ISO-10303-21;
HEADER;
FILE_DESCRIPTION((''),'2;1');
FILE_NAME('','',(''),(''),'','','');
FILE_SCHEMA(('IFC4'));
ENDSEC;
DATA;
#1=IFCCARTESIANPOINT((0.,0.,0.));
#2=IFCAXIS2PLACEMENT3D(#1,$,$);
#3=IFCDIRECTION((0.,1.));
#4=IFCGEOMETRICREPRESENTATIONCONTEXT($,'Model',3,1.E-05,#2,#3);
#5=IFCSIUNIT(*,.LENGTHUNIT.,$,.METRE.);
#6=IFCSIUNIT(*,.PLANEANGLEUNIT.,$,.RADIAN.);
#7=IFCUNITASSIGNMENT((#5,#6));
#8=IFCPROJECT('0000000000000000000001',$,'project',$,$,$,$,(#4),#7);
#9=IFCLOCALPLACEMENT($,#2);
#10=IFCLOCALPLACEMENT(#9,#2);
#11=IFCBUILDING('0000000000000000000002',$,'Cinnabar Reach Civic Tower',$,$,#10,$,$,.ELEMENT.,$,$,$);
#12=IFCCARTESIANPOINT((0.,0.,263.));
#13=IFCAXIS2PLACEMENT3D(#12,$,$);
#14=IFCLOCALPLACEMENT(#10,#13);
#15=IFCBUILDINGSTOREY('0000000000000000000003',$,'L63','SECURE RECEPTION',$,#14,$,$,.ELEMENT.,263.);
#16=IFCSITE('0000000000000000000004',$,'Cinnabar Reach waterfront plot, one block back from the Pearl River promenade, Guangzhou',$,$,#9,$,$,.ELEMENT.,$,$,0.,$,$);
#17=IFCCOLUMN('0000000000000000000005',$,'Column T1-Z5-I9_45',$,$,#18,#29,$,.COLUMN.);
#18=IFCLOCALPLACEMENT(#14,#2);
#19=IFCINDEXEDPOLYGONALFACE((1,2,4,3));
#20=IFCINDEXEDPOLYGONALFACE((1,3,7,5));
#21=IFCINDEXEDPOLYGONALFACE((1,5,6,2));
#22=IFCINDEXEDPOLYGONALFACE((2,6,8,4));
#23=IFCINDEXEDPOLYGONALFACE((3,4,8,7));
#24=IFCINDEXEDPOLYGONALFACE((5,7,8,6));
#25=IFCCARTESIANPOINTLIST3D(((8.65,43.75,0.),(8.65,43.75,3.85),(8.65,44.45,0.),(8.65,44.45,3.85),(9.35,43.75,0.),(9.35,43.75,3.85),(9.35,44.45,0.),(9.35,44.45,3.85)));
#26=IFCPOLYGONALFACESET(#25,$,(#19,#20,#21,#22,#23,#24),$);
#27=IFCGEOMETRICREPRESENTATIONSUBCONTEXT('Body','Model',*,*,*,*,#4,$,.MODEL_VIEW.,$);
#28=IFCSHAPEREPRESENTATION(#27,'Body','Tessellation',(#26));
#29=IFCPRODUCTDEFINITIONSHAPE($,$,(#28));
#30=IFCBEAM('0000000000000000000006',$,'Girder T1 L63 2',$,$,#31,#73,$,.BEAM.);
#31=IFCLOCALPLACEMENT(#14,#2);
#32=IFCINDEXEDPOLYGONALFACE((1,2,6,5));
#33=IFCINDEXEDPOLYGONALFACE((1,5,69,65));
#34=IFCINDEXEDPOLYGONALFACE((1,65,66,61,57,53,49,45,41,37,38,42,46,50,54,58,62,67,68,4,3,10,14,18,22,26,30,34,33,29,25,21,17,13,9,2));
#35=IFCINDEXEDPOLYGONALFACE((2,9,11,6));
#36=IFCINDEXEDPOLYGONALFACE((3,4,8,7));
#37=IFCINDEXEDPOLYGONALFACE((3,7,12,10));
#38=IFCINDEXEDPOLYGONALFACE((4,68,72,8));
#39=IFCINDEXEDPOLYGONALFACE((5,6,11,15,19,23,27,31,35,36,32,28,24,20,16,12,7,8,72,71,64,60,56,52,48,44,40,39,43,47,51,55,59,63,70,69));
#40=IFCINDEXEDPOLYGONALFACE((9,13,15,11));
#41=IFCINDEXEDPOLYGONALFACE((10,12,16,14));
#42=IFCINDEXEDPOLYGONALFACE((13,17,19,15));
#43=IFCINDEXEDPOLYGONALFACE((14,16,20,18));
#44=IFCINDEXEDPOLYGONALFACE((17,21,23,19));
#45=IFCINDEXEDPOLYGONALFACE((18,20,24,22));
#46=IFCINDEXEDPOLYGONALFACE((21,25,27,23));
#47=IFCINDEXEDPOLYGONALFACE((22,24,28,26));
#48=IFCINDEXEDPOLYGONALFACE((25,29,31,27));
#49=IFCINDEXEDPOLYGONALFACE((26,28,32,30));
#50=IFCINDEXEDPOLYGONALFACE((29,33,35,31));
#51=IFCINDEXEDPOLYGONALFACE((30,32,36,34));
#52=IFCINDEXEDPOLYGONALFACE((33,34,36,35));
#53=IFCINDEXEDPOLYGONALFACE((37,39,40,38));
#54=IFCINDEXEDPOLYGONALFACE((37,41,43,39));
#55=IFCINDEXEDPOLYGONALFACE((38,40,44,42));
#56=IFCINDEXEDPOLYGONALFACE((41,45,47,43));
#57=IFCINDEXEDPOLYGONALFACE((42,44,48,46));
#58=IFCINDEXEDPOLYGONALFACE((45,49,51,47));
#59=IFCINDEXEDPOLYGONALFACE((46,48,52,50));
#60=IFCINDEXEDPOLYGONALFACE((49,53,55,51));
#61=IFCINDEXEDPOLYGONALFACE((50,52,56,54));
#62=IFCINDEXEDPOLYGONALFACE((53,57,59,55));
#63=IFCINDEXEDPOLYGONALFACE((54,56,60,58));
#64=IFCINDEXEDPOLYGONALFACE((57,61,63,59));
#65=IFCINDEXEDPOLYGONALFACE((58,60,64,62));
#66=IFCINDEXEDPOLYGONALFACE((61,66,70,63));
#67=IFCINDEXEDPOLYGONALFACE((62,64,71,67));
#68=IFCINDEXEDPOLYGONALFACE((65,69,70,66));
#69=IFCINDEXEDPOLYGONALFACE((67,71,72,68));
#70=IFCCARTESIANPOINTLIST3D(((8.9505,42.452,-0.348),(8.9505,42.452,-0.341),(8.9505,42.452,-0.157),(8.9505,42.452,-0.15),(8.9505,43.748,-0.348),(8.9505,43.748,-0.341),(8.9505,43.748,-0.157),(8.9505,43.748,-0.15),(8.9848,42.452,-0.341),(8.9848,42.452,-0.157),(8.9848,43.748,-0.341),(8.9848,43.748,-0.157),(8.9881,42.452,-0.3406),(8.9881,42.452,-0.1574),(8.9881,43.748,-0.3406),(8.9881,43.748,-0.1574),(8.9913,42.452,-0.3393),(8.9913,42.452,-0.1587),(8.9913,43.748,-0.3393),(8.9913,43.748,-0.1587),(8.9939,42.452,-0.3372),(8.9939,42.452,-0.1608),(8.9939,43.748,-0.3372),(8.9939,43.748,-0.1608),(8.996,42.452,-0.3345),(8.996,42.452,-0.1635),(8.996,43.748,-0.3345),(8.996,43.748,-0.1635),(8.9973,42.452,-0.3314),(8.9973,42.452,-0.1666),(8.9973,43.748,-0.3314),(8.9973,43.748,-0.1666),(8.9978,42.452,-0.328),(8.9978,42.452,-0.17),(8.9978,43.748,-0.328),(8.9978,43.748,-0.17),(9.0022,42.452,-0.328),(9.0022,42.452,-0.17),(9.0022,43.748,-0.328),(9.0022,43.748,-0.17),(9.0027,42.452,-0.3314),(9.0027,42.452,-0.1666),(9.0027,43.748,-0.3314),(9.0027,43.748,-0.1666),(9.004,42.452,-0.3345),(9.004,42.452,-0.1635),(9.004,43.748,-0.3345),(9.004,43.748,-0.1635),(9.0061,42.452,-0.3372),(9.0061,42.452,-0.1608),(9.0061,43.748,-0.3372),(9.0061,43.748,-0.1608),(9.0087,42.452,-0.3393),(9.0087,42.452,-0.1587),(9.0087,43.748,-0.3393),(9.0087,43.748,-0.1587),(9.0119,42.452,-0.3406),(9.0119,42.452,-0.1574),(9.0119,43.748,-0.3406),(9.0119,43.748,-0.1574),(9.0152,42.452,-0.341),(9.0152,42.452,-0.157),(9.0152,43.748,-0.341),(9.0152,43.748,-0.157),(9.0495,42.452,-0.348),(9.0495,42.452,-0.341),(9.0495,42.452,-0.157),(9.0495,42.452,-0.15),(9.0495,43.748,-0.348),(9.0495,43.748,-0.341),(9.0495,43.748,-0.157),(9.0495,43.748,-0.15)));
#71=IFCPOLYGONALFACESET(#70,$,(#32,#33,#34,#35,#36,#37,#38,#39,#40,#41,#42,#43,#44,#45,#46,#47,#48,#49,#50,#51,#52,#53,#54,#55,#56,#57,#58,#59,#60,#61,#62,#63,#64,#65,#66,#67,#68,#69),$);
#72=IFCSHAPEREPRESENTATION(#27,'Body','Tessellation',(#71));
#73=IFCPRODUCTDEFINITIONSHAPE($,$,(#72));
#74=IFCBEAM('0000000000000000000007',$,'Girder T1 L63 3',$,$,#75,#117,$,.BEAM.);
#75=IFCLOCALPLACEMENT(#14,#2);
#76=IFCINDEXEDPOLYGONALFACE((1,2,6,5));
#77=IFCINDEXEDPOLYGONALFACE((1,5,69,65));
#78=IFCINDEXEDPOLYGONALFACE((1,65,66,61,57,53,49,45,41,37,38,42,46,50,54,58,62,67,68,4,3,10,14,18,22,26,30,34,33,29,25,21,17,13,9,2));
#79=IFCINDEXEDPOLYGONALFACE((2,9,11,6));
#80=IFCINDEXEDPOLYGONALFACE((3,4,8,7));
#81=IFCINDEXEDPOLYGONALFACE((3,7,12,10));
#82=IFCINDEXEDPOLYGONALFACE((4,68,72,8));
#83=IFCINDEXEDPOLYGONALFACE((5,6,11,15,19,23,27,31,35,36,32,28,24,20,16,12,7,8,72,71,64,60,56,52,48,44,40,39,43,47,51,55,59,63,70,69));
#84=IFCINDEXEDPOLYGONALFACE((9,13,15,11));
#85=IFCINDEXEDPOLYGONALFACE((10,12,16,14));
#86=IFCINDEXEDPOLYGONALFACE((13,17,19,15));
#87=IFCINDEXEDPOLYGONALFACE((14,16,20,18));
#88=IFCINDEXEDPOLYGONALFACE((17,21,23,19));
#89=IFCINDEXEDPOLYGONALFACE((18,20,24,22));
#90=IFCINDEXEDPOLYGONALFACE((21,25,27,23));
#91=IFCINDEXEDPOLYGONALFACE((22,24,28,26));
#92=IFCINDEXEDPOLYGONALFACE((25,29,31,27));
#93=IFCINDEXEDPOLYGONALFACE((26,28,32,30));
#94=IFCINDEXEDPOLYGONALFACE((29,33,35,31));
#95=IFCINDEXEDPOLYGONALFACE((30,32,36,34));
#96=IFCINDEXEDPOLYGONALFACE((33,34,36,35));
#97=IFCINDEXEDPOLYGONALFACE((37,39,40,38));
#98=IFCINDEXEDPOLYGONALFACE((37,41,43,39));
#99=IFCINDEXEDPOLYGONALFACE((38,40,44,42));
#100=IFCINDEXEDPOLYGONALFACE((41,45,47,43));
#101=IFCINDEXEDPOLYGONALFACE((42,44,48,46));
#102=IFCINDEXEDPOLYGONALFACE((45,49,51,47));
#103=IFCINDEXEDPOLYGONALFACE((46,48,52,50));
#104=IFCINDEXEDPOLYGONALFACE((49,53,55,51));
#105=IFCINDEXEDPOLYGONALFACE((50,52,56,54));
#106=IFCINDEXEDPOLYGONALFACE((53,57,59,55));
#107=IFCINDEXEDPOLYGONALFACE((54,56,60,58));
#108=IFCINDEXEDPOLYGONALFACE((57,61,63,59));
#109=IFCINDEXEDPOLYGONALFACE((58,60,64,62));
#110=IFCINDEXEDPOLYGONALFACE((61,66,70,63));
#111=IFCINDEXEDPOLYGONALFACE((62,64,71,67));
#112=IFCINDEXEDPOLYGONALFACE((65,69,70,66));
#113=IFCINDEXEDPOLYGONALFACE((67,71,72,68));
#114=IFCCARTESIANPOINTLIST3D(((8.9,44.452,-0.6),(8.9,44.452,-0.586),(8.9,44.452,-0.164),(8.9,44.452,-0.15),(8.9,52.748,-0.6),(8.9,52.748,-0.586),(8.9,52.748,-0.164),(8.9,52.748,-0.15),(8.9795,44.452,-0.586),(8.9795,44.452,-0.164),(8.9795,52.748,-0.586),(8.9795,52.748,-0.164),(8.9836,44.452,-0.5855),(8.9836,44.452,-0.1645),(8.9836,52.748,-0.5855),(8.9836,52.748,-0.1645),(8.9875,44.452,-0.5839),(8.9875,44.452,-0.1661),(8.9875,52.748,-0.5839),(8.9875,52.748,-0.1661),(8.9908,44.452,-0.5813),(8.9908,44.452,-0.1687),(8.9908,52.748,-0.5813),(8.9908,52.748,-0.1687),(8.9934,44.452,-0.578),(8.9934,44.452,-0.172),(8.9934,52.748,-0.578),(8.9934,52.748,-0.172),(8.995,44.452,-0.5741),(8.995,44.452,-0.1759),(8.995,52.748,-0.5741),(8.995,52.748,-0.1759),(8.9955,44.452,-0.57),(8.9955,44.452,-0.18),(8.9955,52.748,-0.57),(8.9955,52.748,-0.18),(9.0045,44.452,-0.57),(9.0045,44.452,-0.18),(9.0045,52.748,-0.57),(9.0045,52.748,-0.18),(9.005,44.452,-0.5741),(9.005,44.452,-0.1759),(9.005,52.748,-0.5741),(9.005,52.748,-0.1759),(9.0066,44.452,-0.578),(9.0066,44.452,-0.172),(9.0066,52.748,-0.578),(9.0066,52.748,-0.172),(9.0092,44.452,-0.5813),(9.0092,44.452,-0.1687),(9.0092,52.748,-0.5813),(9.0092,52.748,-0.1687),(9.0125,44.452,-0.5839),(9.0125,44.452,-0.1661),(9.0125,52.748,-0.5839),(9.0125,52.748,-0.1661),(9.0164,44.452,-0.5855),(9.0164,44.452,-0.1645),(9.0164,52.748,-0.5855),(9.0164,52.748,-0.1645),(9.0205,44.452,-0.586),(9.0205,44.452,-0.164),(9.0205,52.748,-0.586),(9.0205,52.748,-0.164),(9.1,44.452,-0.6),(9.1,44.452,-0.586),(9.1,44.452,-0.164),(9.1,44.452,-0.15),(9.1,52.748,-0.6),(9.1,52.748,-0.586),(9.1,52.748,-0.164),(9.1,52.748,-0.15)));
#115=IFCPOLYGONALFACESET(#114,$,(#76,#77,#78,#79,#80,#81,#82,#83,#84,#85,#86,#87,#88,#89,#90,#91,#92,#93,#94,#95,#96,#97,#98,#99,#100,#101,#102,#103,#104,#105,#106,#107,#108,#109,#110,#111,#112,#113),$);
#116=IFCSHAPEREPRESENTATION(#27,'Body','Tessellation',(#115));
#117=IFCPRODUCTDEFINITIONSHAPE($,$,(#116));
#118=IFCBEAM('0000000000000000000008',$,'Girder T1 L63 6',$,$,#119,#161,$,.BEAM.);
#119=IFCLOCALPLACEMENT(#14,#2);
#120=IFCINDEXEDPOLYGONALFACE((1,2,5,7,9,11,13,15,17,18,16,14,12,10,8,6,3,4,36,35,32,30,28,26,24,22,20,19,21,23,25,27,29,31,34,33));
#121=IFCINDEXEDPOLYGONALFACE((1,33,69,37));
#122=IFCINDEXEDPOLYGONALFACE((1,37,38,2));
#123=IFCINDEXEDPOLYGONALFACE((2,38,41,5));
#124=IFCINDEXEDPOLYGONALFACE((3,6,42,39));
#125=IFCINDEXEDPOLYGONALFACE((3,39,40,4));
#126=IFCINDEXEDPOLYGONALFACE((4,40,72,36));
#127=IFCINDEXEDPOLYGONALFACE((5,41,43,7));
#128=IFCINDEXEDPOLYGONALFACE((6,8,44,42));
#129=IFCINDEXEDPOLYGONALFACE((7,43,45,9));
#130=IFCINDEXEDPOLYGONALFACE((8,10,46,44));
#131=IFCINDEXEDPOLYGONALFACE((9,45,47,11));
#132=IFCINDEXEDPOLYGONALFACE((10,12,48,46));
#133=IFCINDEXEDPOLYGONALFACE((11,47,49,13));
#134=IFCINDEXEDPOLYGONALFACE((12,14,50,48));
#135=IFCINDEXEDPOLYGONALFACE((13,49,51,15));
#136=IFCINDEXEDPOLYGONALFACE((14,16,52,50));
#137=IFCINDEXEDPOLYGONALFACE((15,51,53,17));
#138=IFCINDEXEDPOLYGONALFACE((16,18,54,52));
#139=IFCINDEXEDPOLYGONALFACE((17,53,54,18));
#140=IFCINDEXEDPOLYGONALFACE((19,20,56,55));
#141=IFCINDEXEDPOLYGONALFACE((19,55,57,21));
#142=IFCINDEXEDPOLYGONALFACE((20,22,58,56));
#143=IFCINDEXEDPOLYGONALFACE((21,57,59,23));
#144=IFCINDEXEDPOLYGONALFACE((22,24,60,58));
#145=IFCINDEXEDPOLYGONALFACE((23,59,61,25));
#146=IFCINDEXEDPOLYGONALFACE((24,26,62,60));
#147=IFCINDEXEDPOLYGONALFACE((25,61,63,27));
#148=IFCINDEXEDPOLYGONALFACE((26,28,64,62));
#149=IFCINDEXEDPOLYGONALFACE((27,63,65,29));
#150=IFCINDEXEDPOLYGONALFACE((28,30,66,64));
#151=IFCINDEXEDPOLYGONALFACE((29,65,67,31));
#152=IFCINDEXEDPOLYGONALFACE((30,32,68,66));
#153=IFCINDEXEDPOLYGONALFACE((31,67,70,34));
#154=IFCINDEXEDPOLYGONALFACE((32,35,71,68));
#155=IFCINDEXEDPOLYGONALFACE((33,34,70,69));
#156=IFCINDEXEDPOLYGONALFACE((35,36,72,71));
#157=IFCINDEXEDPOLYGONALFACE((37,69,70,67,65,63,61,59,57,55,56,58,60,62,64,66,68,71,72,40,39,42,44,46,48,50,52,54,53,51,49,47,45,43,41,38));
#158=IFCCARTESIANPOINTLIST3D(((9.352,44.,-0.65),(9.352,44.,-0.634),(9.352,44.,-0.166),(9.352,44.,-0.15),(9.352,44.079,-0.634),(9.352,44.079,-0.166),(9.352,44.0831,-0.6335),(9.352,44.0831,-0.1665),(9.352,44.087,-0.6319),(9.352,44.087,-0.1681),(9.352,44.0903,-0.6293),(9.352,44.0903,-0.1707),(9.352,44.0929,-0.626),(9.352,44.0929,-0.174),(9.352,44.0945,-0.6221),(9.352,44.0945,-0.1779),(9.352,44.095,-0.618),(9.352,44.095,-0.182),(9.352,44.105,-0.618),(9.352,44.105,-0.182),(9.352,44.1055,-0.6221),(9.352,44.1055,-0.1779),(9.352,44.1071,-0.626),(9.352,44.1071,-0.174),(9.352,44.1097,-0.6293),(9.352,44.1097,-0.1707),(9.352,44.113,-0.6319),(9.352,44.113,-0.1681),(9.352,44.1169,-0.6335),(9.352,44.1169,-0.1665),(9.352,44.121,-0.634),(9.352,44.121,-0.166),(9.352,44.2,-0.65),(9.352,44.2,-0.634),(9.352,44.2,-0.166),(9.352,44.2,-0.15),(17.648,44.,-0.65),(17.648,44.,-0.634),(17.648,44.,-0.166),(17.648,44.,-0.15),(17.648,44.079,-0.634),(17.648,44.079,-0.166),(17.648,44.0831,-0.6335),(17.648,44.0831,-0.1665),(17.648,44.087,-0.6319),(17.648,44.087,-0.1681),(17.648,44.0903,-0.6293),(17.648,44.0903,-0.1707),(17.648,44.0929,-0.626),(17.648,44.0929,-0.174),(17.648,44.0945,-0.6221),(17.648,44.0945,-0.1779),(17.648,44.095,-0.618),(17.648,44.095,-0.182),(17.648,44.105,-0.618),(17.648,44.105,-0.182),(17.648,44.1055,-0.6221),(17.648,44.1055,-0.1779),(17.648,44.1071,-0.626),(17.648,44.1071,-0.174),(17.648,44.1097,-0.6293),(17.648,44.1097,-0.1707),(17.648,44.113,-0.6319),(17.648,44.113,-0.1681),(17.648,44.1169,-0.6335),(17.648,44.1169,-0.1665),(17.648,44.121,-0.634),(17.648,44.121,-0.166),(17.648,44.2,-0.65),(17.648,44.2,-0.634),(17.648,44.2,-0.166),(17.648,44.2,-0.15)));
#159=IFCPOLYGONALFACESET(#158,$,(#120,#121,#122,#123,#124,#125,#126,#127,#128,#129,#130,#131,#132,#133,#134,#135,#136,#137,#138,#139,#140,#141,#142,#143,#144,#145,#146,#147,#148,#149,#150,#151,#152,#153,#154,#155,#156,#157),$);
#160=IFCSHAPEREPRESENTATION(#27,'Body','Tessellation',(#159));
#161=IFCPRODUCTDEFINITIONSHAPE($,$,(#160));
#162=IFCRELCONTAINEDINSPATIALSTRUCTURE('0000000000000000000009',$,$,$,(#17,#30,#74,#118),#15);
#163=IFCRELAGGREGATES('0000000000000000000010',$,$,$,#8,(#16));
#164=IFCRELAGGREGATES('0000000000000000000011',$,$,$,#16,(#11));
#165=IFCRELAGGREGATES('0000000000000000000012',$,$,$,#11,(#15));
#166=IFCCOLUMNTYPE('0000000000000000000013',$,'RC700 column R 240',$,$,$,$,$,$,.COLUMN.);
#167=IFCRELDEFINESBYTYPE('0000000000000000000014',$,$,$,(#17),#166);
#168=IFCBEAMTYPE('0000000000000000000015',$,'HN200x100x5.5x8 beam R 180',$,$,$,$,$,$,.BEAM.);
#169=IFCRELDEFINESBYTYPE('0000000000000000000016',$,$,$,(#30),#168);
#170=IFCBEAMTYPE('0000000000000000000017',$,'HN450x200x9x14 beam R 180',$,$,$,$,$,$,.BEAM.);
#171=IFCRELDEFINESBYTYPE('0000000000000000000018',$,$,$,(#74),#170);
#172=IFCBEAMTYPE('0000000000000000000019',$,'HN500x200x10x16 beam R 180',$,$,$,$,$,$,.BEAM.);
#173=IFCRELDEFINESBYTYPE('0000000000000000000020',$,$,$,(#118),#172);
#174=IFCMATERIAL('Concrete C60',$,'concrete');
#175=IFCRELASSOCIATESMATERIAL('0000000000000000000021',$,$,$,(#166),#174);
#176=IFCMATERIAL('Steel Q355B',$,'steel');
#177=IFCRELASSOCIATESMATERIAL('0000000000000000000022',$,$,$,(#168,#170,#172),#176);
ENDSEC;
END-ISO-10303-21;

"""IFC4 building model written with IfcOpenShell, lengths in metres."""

from ifc_helpers import new_model, si_unit, direction, frame, origin, origin_2d, place, context, subcontext, project, spatial, rectangle, i_section, extrude, material, material_profile, profile_set, type_object, element, save


model = new_model("IFC4")

# Units and contexts
model_context = context("Model", 3, precision=1e-05, world=origin(), true_north=direction((0.0, 1.0)))
body_context = subcontext(model_context, "Body", "Model", "MODEL_VIEW")
ifc_project = project(units=[si_unit("LENGTHUNIT", "METRE"), si_unit("PLANEANGLEUNIT", "RADIAN")], contexts=[model_context])

# Site, building, storey
site_placement = place(None, origin())
site = spatial("IfcSite", under=ifc_project, at=site_placement, Name="Cinnabar Reach waterfront plot, one block back from the Pearl River promenade, Guangzhou", CompositionType="ELEMENT", RefElevation=0.0)
building_placement = place(site_placement, origin())
building = spatial("IfcBuilding", under=site, at=building_placement, Name="Cinnabar Reach Civic Tower", CompositionType="ELEMENT")
storey_placement = place(building_placement, frame((0.0, 0.0, 263.0)))
storey = spatial("IfcBuildingStorey", under=building, at=storey_placement, Name="L63", Description="SECURE RECEPTION", CompositionType="ELEMENT", Elevation=263.0)

# Column
ifc_material_1 = material(Name="Concrete C60", Category="concrete")
ifc_material_profile_1 = material_profile(ifc_material_1, rectangle(XDim=0.7, YDim=0.7, at=origin_2d()), Name="RC700")
ifc_profile_set_1 = profile_set([ifc_material_profile_1], Name="Concrete C60")
column_type = type_object("IfcColumnType", Name="RC700 column R 240", PredefinedType="COLUMN", material=ifc_profile_set_1)
column_placement = place(storey_placement, frame((9.0, 44.1, 0.0), z_axis=(0.0, 0.0, 1.0), x_axis=(1.0, 0.0, 0.0)))
element("IfcColumn", 1, at=column_placement, inside=storey, type_object=column_type, Name="Column T1-Z5-I9_45", PredefinedType="COLUMN", context=body_context, shape_type="SweptSolid", body=[
    extrude(rectangle(XDim=0.7, YDim=0.7, at=origin_2d()), origin(), (0.0, 0.0, 1.0), 3.85),
])

# Beams
ifc_material_2 = material(Name="Steel Q355B", Category="steel")
ifc_material_profile_2 = material_profile(ifc_material_2, i_section(OverallWidth=0.099, OverallDepth=0.198, WebThickness=0.0045, FlangeThickness=0.007, FilletRadius=0.013, at=origin_2d()), Name="HN200x100x5.5x8")
ifc_profile_set_2 = profile_set([ifc_material_profile_2], Name="Steel Q355B")
beam_type_1 = type_object("IfcBeamType", Name="HN200x100x5.5x8 beam R 180", PredefinedType="BEAM", material=ifc_profile_set_2)
beam_1_placement = place(storey_placement, frame((9.0, 42.452, -0.249), z_axis=(0.0, 1.0, 0.0), x_axis=(-1.0, 0.0, 0.0)))
element("IfcBeam", 2, at=beam_1_placement, inside=storey, type_object=beam_type_1, Name="Girder T1 L63 2", PredefinedType="BEAM", context=body_context, shape_type="SweptSolid", body=[
    extrude(i_section(OverallWidth=0.099, OverallDepth=0.198, WebThickness=0.0045, FlangeThickness=0.007, FilletRadius=0.013, at=origin_2d()), origin(), (0.0, 0.0, 1.0), 1.296),
])
ifc_material_profile_3 = material_profile(ifc_material_2, i_section(OverallWidth=0.2, OverallDepth=0.45, WebThickness=0.009, FlangeThickness=0.014, FilletRadius=0.016, at=origin_2d()), Name="HN450x200x9x14")
ifc_profile_set_3 = profile_set([ifc_material_profile_3], Name="Steel Q355B")
beam_type_2 = type_object("IfcBeamType", Name="HN450x200x9x14 beam R 180", PredefinedType="BEAM", material=ifc_profile_set_3)
beam_2_placement = place(storey_placement, frame((9.0, 44.452, -0.375), z_axis=(0.0, 1.0, 0.0), x_axis=(-1.0, 0.0, 0.0)))
element("IfcBeam", 3, at=beam_2_placement, inside=storey, type_object=beam_type_2, Name="Girder T1 L63 3", PredefinedType="BEAM", context=body_context, shape_type="SweptSolid", body=[
    extrude(i_section(OverallWidth=0.2, OverallDepth=0.45, WebThickness=0.009, FlangeThickness=0.014, FilletRadius=0.016, at=origin_2d()), origin(), (0.0, 0.0, 1.0), 8.296),
])
ifc_material_profile_4 = material_profile(ifc_material_2, i_section(OverallWidth=0.2, OverallDepth=0.5, WebThickness=0.01, FlangeThickness=0.016, FilletRadius=0.016, at=origin_2d()), Name="HN500x200x10x16")
ifc_profile_set_4 = profile_set([ifc_material_profile_4], Name="Steel Q355B")
beam_type_3 = type_object("IfcBeamType", Name="HN500x200x10x16 beam R 180", PredefinedType="BEAM", material=ifc_profile_set_4)
beam_3_placement = place(storey_placement, frame((9.352, 44.1, -0.4), z_axis=(1.0, 0.0, 0.0), x_axis=(0.0, 1.0, 0.0)))
element("IfcBeam", 4, at=beam_3_placement, inside=storey, type_object=beam_type_3, Name="Girder T1 L63 6", PredefinedType="BEAM", context=body_context, shape_type="SweptSolid", body=[
    extrude(i_section(OverallWidth=0.2, OverallDepth=0.5, WebThickness=0.01, FlangeThickness=0.016, FilletRadius=0.016, at=origin_2d()), origin(), (0.0, 0.0, 1.0), 8.296),
])

save(model, "model.ifc")
